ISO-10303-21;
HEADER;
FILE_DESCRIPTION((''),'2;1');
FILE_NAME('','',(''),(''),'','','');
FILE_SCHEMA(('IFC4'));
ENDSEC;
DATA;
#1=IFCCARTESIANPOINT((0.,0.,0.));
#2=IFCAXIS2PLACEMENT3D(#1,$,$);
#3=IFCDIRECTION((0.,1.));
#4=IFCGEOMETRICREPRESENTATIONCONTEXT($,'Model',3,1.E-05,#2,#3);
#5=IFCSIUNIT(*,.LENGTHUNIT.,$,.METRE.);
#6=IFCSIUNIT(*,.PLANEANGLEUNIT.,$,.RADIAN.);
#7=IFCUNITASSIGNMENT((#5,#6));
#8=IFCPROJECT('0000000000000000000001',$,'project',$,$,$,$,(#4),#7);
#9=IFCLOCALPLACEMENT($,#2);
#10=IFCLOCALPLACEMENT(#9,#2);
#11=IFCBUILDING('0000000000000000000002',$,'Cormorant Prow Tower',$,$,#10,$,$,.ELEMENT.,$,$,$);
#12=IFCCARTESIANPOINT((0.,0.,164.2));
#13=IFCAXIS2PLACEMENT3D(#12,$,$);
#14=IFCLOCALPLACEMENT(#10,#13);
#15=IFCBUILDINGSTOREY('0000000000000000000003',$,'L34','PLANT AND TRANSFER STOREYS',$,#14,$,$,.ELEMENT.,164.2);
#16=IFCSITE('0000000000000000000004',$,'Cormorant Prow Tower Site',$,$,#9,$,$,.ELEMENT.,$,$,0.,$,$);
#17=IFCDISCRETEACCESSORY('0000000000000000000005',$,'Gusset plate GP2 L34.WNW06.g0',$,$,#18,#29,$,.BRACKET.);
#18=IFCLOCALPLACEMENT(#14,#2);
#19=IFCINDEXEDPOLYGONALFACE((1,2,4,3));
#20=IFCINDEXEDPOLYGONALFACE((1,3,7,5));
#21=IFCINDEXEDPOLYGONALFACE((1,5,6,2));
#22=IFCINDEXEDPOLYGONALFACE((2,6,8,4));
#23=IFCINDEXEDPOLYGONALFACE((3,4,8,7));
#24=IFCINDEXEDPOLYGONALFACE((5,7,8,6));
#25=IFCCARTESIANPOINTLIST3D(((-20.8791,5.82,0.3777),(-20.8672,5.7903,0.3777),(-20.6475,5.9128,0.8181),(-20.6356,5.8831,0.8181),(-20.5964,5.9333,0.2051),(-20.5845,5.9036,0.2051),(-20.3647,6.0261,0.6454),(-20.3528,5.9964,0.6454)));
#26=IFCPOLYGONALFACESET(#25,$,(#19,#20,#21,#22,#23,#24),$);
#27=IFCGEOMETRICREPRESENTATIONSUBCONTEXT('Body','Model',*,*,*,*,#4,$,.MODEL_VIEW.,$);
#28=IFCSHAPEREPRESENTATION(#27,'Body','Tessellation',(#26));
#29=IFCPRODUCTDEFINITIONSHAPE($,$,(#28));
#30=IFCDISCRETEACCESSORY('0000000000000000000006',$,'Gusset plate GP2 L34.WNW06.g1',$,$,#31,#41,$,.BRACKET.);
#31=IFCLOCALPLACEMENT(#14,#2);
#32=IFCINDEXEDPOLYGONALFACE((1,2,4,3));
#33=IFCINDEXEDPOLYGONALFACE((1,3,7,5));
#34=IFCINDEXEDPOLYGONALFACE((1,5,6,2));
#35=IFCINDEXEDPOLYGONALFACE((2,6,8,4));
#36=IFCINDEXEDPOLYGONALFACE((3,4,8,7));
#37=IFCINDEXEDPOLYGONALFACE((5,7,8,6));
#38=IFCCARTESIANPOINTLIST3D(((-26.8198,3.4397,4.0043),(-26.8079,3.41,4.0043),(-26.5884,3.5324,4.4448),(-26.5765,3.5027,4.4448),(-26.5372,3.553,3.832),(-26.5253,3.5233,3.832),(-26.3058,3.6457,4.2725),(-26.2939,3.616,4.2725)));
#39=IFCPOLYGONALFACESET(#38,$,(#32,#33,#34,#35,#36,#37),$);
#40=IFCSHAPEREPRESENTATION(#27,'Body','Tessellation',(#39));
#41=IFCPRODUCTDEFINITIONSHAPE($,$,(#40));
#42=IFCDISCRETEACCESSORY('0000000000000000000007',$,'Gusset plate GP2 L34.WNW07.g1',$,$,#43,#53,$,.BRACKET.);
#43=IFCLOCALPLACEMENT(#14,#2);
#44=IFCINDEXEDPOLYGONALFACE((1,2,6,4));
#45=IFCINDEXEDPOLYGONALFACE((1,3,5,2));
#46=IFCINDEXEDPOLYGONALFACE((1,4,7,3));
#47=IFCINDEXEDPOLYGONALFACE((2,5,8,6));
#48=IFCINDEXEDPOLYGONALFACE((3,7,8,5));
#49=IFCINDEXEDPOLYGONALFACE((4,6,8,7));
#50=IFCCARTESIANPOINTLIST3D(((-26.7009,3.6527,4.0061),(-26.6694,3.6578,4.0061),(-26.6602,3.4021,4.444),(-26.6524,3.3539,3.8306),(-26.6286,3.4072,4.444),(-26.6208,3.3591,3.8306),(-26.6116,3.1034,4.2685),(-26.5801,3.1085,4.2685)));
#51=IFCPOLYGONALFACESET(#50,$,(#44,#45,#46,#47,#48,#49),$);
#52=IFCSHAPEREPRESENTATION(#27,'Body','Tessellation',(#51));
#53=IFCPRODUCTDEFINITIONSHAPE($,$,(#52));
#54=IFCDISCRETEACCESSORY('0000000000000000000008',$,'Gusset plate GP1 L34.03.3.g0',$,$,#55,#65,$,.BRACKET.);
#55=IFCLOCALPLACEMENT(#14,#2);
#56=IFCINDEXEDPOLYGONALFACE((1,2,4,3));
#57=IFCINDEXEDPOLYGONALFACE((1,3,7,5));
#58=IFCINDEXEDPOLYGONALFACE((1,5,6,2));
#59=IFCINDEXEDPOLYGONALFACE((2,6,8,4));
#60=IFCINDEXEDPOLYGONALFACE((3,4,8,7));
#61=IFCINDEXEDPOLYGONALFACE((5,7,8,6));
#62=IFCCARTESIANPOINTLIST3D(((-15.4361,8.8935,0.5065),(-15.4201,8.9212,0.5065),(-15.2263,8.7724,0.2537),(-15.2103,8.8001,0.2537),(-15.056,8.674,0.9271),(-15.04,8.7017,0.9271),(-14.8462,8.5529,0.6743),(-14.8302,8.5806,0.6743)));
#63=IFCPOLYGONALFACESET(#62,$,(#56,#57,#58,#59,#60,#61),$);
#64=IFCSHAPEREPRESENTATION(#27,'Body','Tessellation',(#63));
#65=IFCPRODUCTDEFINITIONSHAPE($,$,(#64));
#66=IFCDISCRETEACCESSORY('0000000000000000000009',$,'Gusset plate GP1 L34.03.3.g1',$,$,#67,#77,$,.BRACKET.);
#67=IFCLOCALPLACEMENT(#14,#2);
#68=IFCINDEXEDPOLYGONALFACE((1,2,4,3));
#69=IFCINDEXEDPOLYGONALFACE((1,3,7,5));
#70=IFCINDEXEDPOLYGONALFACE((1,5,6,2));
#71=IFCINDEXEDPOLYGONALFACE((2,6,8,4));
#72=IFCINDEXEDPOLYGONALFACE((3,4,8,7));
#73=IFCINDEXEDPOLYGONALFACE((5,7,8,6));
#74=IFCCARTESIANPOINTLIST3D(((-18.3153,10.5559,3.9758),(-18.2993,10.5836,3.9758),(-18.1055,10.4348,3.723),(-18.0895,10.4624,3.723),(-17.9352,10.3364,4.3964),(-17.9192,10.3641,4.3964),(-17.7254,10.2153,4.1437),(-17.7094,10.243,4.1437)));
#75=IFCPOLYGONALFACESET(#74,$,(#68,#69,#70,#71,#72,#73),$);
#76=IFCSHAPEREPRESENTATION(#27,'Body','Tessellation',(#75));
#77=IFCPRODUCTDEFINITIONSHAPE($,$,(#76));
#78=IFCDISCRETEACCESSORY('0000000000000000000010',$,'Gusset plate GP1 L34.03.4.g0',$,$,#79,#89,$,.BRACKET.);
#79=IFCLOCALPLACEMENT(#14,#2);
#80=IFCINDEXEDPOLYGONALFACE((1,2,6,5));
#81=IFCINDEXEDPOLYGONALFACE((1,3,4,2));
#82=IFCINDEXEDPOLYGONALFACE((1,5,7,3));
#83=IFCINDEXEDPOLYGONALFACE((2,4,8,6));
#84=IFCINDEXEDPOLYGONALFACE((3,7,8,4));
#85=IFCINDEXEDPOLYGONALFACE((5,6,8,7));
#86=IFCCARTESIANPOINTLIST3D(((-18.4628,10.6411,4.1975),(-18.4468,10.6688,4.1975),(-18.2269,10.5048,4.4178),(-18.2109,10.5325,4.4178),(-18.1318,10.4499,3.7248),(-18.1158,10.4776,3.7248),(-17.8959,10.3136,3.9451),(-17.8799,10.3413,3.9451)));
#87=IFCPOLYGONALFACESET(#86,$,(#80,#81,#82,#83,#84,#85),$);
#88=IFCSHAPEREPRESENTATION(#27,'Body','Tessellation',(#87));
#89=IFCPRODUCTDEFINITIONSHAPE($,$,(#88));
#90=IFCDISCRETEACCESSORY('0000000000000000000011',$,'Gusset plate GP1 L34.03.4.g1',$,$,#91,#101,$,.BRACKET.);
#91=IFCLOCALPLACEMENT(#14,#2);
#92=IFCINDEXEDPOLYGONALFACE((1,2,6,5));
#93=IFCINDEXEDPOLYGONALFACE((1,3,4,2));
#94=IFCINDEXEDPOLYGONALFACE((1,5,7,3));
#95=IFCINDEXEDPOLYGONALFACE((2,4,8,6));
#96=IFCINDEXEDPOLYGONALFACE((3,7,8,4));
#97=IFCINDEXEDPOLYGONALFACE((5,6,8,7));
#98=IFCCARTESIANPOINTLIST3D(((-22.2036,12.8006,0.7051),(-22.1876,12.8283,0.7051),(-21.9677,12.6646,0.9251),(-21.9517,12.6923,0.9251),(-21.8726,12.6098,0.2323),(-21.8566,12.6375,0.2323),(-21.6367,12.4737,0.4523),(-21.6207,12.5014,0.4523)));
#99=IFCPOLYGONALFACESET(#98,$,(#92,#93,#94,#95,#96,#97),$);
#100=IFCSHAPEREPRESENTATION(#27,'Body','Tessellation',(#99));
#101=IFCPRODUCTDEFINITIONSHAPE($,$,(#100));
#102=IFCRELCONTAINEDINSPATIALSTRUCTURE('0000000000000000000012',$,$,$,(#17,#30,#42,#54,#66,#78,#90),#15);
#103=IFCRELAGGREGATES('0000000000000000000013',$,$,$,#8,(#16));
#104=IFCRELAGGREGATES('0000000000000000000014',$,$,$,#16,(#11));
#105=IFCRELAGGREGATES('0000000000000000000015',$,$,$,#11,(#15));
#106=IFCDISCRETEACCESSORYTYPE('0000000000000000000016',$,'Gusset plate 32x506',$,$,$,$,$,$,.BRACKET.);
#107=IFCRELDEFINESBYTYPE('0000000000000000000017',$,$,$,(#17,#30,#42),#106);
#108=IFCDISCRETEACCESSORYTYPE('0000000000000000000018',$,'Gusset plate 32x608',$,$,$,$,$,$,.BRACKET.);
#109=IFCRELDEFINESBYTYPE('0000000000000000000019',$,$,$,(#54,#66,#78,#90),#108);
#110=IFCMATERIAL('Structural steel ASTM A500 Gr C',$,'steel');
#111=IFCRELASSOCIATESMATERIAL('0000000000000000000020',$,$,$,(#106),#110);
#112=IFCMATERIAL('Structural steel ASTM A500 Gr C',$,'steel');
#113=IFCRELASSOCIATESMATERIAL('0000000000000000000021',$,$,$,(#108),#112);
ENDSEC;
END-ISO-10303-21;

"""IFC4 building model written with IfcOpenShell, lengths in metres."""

from ifc_helpers import new_model, si_unit, direction, frame, origin, origin_2d, place, context, subcontext, project, spatial, rectangle, extrude, material, material_profile, profile_set, type_object, element, save


model = new_model("IFC4")

# Units and contexts
model_context = context("Model", 3, precision=1e-05, world=origin(), true_north=direction((0.0, 1.0)))
body_context = subcontext(model_context, "Body", "Model", "MODEL_VIEW")
ifc_project = project(units=[si_unit("LENGTHUNIT", "METRE"), si_unit("PLANEANGLEUNIT", "RADIAN")], contexts=[model_context])

# Site, building, storey
site_placement = place(None, origin())
site = spatial("IfcSite", under=ifc_project, at=site_placement, Name="Cormorant Prow Tower Site", CompositionType="ELEMENT", RefElevation=0.0)
building_placement = place(site_placement, origin())
building = spatial("IfcBuilding", under=site, at=building_placement, Name="Cormorant Prow Tower", CompositionType="ELEMENT")
storey_placement = place(building_placement, frame((0.0, 0.0, 164.2)))
storey = spatial("IfcBuildingStorey", under=building, at=storey_placement, Name="L34", Description="PLANT AND TRANSFER STOREYS", CompositionType="ELEMENT", Elevation=164.2)

# Discrete accessories
ifc_material_1 = material(Name="Structural steel ASTM A500 Gr C", Category="steel")
ifc_material_profile_1 = material_profile(ifc_material_1, rectangle(XDim=0.032, YDim=0.5061, at=origin_2d()), Name="Gusset plate 32x506")
ifc_profile_set_1 = profile_set([ifc_material_profile_1], Name="Structural steel ASTM A500 Gr C")
discrete_accessory_type_1 = type_object("IfcDiscreteAccessoryType", Name="Gusset plate 32x506", PredefinedType="BRACKET", material=ifc_profile_set_1)
discrete_accessory_1_placement = place(storey_placement, frame((-20.7573, 5.8516, 0.5979), z_axis=(0.80758, 0.32359, -0.493056), x_axis=(-0.371943, 0.928255, 0.0)))
element("IfcDiscreteAccessory", 1, at=discrete_accessory_1_placement, inside=storey, type_object=discrete_accessory_type_1, Name="Gusset plate GP2 L34.WNW06.g0", PredefinedType="BRACKET", context=body_context, shape_type="SweptSolid", body=[
    extrude(rectangle(XDim=0.032, YDim=0.5061, at=origin_2d()), origin(), (0.0, 0.0, 1.0), 0.3501),
])
for number, where, z_axis, x_axis, name in (
    (2, (-26.4155, 3.5845, 4.0522), (-0.807858, -0.323701, 0.492528), (0.371943, -0.928255, 0.0), "Gusset plate GP2 L34.WNW06.g1"),
    (3, (-26.6162, 3.2312, 4.0496), (-0.138827, 0.853892, 0.501592), (-0.98704, -0.160475, 0.0), "Gusset plate GP2 L34.WNW07.g1"),
):
    element("IfcDiscreteAccessory", number, at=place(storey_placement, frame(where, z_axis=z_axis, x_axis=x_axis)), inside=storey, type_object=discrete_accessory_type_1, Name=name, PredefinedType="BRACKET", context=body_context, shape_type="SweptSolid", body=[
        extrude(rectangle(XDim=0.032, YDim=0.5061, at=origin_2d()), origin(), (0.0, 0.0, 1.0), 0.3499),
    ])
ifc_material_2 = material(Name="Structural steel ASTM A500 Gr C", Category="steel")
ifc_material_profile_2 = material_profile(ifc_material_2, rectangle(XDim=0.032, YDim=0.6079, at=origin_2d()), Name="Gusset plate 32x608")
ifc_profile_set_2 = profile_set([ifc_material_profile_2], Name="Structural steel ASTM A500 Gr C")
discrete_accessory_type_2 = type_object("IfcDiscreteAccessoryType", Name="Gusset plate 32x608", PredefinedType="BRACKET", material=ifc_profile_set_2)
for number, where, z_axis, x_axis, name in (
    (4, (-15.238, 8.7976, 0.7168), (0.599204, -0.345989, -0.721974), (0.500042, 0.866001, 0.0), "Gusset plate GP1 L34.03.3.g0"),
    (5, (-17.9075, 10.3389, 3.9333), (-0.599204, 0.345989, 0.721974), (-0.500042, -0.866001, 0.0), "Gusset plate GP1 L34.03.3.g1"),
):
    element("IfcDiscreteAccessory", number, at=place(storey_placement, frame(where, z_axis=z_axis, x_axis=x_axis)), inside=storey, type_object=discrete_accessory_type_2, Name=name, PredefinedType="BRACKET", context=body_context, shape_type="SweptSolid", body=[
        extrude(rectangle(XDim=0.032, YDim=0.6079, at=origin_2d()), origin(), (0.0, 0.0, 1.0), 0.3501),
    ])
discrete_accessory_2_placement = place(storey_placement, frame((-18.2893, 10.5593, 3.9612), z_axis=(0.673351, -0.388954, 0.62874), x_axis=(0.500188, 0.865917, 0.0)))
element("IfcDiscreteAccessory", 6, at=discrete_accessory_2_placement, inside=storey, type_object=discrete_accessory_type_2, Name="Gusset plate GP1 L34.03.4.g0", PredefinedType="BRACKET", context=body_context, shape_type="SweptSolid", body=[
    extrude(rectangle(XDim=0.032, YDim=0.6079, at=origin_2d()), origin(), (0.0, 0.0, 1.0), 0.3503),
])
discrete_accessory_3_placement = place(storey_placement, frame((-21.7942, 12.583, 0.6887), z_axis=(-0.673829, 0.388533, -0.628488), x_axis=(-0.499515, -0.866305, 0.0)))
element("IfcDiscreteAccessory", 7, at=discrete_accessory_3_placement, inside=storey, type_object=discrete_accessory_type_2, Name="Gusset plate GP1 L34.03.4.g1", PredefinedType="BRACKET", context=body_context, shape_type="SweptSolid", body=[
    extrude(rectangle(XDim=0.032, YDim=0.6079, at=origin_2d()), origin(), (0.0, 0.0, 1.0), 0.3501),
])

save(model, "model.ifc")
